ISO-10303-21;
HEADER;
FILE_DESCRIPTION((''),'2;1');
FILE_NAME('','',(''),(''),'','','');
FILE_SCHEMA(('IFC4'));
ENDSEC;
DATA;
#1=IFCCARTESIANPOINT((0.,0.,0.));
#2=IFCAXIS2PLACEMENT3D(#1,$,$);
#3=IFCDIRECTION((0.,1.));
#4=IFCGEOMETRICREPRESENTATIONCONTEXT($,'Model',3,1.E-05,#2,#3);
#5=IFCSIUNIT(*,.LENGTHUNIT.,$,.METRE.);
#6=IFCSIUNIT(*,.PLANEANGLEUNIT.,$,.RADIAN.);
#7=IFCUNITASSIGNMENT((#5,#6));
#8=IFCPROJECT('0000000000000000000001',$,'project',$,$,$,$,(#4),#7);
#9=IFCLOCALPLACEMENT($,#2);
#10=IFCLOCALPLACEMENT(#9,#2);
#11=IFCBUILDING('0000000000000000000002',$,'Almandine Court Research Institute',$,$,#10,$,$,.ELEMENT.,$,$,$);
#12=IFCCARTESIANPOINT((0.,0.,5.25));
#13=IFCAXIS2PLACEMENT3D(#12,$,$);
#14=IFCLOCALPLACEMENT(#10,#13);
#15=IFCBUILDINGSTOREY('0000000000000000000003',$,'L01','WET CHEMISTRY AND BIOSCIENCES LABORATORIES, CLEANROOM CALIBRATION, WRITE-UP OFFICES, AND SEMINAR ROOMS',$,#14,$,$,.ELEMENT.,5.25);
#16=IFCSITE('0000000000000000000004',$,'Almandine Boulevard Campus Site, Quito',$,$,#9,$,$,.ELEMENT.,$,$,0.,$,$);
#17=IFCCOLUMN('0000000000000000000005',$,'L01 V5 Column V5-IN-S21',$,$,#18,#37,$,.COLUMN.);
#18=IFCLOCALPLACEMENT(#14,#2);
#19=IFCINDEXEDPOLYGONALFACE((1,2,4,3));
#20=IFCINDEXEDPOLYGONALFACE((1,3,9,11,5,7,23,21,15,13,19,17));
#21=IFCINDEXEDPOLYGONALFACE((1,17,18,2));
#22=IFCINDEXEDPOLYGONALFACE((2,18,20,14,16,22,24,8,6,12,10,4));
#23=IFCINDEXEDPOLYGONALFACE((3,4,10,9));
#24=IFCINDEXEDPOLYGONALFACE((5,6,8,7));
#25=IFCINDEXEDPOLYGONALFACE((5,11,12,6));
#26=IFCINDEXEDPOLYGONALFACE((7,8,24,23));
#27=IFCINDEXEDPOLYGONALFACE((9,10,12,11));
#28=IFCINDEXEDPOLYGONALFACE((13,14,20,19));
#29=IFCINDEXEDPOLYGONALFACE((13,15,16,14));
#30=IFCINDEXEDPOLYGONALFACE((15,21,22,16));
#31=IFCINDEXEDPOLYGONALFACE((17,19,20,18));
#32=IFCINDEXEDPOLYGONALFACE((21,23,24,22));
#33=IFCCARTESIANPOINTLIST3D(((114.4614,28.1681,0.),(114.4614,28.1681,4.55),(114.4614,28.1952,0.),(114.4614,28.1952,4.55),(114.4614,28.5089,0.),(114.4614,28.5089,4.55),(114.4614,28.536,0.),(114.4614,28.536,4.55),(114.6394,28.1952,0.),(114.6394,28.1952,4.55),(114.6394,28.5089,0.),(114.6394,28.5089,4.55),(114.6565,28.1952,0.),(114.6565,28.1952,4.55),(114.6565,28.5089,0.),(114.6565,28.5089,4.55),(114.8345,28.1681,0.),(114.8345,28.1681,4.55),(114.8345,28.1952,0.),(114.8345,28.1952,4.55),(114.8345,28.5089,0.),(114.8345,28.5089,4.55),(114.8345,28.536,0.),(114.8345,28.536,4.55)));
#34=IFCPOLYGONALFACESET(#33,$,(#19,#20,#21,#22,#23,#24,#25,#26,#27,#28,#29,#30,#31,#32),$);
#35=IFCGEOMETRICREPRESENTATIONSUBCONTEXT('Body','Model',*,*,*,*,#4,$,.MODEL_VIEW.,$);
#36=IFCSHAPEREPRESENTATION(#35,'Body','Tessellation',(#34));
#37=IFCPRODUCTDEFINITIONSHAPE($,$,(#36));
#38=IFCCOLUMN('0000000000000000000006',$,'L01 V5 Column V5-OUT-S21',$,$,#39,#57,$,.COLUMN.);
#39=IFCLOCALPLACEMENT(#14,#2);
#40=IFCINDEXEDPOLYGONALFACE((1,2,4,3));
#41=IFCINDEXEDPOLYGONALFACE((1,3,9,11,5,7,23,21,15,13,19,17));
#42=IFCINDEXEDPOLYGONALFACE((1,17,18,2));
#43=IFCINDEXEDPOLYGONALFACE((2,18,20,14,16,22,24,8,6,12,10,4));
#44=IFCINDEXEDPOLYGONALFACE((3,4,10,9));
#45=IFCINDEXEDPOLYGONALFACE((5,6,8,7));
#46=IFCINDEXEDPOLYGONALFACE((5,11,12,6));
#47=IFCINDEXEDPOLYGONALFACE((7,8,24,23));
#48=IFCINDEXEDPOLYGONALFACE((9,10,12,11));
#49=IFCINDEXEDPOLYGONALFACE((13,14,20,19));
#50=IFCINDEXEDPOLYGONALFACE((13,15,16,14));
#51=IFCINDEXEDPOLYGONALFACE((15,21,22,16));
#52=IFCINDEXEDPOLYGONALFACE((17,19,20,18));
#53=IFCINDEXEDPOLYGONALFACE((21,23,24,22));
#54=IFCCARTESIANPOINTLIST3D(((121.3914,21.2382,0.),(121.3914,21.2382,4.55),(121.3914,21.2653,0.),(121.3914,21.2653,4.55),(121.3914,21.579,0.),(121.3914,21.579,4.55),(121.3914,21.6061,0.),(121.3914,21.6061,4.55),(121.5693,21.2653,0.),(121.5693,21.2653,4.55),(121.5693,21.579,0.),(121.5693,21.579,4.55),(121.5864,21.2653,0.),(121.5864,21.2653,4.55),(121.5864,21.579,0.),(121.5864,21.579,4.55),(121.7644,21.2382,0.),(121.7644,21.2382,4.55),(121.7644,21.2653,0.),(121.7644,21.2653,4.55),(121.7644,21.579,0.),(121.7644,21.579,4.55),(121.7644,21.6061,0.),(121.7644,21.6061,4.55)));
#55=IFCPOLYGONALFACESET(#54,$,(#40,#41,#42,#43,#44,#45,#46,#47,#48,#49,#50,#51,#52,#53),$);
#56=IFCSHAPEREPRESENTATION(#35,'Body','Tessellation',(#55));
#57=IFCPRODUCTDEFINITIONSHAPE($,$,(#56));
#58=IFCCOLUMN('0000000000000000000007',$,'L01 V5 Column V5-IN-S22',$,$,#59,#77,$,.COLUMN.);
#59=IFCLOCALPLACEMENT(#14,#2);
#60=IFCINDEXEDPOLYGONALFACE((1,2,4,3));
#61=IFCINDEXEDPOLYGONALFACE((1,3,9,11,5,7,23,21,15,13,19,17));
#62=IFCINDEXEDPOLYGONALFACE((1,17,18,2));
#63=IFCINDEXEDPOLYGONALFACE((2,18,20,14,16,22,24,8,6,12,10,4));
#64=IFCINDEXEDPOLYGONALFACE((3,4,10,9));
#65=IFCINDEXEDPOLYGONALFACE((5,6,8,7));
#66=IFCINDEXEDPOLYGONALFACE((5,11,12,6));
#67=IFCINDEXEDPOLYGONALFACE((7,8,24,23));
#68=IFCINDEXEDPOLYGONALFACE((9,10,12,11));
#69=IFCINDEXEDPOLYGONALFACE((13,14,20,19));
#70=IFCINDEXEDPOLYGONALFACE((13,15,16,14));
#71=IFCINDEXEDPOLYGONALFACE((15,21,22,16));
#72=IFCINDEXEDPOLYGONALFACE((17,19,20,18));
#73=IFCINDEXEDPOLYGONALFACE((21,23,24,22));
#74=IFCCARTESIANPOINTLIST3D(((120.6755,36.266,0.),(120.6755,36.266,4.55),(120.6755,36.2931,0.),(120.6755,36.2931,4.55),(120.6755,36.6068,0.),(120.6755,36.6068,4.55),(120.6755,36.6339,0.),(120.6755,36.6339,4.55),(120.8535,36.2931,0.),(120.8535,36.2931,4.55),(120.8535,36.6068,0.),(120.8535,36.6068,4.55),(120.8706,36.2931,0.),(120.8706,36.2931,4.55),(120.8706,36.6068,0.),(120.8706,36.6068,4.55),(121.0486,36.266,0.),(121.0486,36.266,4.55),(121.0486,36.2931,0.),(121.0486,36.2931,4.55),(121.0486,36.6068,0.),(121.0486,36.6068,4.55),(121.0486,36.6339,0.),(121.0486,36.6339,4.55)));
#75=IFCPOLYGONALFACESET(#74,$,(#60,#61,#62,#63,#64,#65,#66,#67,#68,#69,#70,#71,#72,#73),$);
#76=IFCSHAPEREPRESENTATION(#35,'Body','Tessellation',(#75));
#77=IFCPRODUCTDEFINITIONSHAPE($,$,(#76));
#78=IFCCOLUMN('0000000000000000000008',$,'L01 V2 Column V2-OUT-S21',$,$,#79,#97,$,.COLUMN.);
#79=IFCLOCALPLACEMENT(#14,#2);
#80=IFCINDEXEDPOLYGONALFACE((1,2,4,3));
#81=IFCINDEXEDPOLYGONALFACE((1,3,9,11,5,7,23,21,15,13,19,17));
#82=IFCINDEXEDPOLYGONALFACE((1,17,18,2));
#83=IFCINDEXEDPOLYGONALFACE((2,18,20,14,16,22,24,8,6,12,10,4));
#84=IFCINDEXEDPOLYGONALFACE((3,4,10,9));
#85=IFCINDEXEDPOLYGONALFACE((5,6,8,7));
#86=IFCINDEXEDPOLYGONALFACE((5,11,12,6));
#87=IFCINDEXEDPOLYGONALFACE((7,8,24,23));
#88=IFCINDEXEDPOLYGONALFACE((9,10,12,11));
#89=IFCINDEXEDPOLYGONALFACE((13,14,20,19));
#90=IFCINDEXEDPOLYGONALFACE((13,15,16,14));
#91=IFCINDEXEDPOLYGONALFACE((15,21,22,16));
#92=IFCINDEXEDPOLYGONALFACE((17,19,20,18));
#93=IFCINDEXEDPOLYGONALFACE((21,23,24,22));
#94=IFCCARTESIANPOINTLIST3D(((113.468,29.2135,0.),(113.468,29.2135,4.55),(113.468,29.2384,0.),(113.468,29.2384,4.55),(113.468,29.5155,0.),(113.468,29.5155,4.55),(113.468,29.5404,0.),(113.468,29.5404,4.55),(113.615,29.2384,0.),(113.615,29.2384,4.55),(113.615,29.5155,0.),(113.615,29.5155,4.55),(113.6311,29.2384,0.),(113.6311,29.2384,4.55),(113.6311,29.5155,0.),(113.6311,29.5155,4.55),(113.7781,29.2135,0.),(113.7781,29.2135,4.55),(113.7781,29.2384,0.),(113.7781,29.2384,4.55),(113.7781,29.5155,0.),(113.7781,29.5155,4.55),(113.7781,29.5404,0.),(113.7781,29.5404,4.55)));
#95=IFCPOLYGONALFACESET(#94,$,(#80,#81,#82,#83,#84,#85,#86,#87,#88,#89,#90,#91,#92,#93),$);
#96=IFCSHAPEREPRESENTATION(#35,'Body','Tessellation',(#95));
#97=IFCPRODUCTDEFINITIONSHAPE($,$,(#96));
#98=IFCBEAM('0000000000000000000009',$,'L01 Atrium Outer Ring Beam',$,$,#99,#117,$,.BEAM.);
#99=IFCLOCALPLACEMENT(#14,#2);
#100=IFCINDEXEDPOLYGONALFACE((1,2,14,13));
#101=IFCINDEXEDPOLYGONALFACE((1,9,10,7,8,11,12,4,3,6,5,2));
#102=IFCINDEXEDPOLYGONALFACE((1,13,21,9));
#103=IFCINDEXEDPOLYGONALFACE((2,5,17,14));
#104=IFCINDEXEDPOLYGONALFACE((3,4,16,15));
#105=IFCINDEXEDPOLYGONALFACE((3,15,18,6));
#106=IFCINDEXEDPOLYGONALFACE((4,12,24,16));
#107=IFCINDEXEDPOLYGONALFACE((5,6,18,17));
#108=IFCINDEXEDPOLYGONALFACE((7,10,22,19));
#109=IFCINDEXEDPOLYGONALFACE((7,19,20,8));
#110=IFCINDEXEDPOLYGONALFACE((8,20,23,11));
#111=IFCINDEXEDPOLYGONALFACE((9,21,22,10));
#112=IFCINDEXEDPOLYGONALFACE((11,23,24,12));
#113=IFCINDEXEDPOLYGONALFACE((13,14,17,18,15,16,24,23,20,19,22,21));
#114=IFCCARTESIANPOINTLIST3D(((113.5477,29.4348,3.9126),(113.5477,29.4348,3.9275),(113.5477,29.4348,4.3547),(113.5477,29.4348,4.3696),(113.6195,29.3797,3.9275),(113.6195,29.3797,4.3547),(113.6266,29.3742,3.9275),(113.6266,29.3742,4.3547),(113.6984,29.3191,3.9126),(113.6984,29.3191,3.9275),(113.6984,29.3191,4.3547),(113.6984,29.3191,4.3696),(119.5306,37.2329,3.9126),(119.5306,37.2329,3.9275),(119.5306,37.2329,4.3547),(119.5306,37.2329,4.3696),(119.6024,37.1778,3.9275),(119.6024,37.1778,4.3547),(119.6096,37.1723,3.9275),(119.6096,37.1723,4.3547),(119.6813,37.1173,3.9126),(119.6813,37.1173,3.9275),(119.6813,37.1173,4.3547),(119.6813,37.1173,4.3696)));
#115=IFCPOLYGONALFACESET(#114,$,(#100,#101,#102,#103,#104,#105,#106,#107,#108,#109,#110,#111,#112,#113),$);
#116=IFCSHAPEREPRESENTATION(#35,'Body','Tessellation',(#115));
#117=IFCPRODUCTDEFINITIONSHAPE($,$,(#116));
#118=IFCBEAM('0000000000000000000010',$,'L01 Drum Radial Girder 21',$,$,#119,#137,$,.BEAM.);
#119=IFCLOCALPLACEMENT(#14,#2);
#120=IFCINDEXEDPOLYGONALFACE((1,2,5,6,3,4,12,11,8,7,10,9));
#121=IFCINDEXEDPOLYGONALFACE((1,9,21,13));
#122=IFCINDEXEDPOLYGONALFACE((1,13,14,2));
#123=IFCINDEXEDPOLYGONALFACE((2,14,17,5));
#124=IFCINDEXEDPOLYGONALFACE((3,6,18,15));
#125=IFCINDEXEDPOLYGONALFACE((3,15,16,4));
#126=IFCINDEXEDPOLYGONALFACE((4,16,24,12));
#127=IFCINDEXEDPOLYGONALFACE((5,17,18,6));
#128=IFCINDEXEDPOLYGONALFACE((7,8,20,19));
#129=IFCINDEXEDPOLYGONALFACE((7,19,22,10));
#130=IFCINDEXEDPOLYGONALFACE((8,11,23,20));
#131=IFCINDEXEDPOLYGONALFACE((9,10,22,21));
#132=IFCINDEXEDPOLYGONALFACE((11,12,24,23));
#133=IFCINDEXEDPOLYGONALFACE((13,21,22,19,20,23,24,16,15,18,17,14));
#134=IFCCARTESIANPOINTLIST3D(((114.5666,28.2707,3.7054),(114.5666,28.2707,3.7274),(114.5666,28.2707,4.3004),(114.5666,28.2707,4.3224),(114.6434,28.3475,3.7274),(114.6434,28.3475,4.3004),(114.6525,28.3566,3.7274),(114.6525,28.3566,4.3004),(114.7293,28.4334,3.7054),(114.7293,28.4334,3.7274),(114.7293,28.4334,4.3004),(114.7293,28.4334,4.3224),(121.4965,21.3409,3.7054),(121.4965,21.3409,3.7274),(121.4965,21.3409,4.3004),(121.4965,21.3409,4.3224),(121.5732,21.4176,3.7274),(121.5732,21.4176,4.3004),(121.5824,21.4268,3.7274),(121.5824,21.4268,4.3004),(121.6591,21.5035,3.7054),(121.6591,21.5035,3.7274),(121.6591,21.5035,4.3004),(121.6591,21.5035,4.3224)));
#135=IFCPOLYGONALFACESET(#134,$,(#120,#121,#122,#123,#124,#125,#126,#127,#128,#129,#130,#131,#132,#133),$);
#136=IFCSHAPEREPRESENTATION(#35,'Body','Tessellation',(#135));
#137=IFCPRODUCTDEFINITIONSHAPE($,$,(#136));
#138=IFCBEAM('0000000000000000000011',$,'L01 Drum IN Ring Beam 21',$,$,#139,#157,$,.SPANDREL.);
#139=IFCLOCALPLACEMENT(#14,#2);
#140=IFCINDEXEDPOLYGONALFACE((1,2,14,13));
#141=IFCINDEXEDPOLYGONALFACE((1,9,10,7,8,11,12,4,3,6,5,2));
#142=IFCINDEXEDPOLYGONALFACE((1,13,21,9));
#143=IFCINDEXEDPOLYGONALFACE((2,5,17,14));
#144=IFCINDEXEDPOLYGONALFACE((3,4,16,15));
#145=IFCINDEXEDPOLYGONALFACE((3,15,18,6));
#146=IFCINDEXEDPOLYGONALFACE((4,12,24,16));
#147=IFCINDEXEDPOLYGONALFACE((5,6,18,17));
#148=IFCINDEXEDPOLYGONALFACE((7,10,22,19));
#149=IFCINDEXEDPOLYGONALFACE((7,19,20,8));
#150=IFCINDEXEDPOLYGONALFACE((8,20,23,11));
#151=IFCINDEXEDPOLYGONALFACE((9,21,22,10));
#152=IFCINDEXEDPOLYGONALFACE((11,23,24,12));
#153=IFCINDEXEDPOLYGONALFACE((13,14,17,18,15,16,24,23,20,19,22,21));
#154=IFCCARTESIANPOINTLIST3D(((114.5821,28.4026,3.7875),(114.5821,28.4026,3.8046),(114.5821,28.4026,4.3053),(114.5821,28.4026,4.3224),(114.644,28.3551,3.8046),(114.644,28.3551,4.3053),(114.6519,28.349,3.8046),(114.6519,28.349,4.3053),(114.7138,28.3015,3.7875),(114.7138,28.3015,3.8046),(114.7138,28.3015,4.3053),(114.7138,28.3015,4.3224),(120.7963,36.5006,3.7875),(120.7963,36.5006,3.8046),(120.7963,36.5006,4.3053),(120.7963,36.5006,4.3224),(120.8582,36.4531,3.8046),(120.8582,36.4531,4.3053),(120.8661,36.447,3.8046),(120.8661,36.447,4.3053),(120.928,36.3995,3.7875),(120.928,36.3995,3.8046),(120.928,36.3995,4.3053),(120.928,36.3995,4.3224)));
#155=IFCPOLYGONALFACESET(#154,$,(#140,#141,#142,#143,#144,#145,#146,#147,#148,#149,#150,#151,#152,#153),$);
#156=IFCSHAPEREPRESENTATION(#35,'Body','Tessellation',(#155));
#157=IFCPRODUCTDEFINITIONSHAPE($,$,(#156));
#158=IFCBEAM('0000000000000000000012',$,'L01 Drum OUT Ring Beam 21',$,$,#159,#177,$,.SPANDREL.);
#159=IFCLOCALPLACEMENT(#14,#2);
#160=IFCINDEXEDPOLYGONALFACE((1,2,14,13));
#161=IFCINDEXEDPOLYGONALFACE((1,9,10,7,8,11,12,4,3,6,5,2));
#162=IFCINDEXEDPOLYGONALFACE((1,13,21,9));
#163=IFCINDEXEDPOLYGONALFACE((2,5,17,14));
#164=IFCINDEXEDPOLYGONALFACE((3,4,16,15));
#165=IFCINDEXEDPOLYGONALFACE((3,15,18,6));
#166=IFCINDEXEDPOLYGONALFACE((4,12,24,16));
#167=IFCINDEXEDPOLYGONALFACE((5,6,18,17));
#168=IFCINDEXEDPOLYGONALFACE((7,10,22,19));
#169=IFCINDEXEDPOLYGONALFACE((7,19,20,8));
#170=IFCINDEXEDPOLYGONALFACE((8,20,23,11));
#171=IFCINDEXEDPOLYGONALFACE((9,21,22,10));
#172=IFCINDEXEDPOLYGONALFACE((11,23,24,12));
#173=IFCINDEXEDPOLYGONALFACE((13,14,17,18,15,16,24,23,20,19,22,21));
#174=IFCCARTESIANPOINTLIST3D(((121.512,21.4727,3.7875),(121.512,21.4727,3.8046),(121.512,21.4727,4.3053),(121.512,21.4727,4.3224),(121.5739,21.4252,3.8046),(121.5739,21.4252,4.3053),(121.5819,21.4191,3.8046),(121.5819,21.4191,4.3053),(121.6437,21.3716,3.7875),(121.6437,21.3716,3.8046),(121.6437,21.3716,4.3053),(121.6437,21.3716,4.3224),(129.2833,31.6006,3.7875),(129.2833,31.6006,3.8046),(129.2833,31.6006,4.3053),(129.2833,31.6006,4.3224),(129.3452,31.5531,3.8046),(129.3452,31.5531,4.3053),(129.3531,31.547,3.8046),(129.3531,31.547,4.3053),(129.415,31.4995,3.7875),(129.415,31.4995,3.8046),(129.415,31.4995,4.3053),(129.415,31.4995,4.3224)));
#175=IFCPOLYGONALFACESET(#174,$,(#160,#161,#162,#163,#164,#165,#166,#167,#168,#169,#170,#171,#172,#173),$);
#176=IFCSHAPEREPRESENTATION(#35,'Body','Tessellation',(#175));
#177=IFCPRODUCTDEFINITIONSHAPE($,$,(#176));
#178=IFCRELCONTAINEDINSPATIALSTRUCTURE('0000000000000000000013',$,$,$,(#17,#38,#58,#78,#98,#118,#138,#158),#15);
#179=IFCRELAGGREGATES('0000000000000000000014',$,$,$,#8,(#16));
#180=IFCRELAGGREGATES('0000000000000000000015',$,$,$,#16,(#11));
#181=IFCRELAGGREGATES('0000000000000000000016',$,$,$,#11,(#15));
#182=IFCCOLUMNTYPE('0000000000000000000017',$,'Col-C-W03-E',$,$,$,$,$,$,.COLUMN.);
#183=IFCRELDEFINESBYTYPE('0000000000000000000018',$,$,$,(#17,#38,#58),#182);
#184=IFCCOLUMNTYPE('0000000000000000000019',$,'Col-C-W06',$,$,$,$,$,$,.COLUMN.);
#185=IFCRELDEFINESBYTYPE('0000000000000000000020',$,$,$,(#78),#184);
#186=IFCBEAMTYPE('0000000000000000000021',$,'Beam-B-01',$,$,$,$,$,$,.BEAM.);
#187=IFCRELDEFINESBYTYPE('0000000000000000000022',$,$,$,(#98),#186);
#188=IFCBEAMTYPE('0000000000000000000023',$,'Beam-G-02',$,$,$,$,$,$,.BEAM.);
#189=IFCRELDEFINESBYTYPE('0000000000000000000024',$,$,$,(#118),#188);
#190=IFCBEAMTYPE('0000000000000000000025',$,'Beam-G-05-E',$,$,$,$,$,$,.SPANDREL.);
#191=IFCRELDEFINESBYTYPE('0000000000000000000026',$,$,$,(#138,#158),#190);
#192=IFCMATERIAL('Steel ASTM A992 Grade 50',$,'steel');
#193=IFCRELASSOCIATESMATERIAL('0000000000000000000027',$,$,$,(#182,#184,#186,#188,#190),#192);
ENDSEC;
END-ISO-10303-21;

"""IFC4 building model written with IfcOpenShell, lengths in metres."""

from ifc_helpers import new_model, si_unit, direction, frame, origin, origin_2d, place, context, subcontext, project, spatial, i_section, extrude, material, material_profile, profile_set, type_object, element, save


model = new_model("IFC4")

# Units and contexts
model_context = context("Model", 3, precision=1e-05, world=origin(), true_north=direction((0.0, 1.0)))
body_context = subcontext(model_context, "Body", "Model", "MODEL_VIEW")
ifc_project = project(units=[si_unit("LENGTHUNIT", "METRE"), si_unit("PLANEANGLEUNIT", "RADIAN")], contexts=[model_context])

# Site, building, storey
site_placement = place(None, origin())
site = spatial("IfcSite", under=ifc_project, at=site_placement, Name="Almandine Boulevard Campus Site, Quito", CompositionType="ELEMENT", RefElevation=0.0)
building_placement = place(site_placement, origin())
building = spatial("IfcBuilding", under=site, at=building_placement, Name="Almandine Court Research Institute", CompositionType="ELEMENT")
storey_placement = place(building_placement, frame((0.0, 0.0, 5.25)))
storey = spatial("IfcBuildingStorey", under=building, at=storey_placement, Name="L01", Description="WET CHEMISTRY AND BIOSCIENCES LABORATORIES, CLEANROOM CALIBRATION, WRITE-UP OFFICES, AND SEMINAR ROOMS", CompositionType="ELEMENT", Elevation=5.25)

# Columns
ifc_material_1 = material(Name="Steel ASTM A992 Grade 50", Category="steel")
ifc_material_profile_1 = material_profile(ifc_material_1, i_section(OverallWidth=0.373, OverallDepth=0.3679, WebThickness=0.0171, FlangeThickness=0.0271, at=origin_2d()), Name="W360x179")
ifc_profile_set_1 = profile_set([ifc_material_profile_1], Name="Steel ASTM A992 Grade 50")
column_type_1 = type_object("IfcColumnType", Name="Col-C-W03-E", PredefinedType="COLUMN", material=ifc_profile_set_1)
for number, where, z_axis, x_axis, name in (
    (1, (114.6479, 28.3521, 0.0), (0.0, 0.0, 1.0), (1.0, 0.0, 0.0), "L01 V5 Column V5-IN-S21"),
    (2, (121.5779, 21.4221, 0.0), (0.0, 0.0, 1.0), (1.0, 0.0, 0.0), "L01 V5 Column V5-OUT-S21"),
    (3, (120.8621, 36.45, 0.0), (0.0, 0.0, 1.0), (1.0, 0.0, 0.0), "L01 V5 Column V5-IN-S22"),
):
    element("IfcColumn", number, at=place(storey_placement, frame(where, z_axis=z_axis, x_axis=x_axis)), inside=storey, type_object=column_type_1, Name=name, PredefinedType="COLUMN", context=body_context, shape_type="SweptSolid", body=[
        extrude(i_section(OverallWidth=0.373, OverallDepth=0.3679, WebThickness=0.0171, FlangeThickness=0.0271, at=origin_2d()), origin(), (0.0, 0.0, 1.0), 4.55),
    ])
ifc_material_profile_2 = material_profile(ifc_material_1, i_section(OverallWidth=0.3101, OverallDepth=0.3269, WebThickness=0.0161, FlangeThickness=0.0249, at=origin_2d()), Name="W310x158")
ifc_profile_set_2 = profile_set([ifc_material_profile_2], Name="Steel ASTM A992 Grade 50")
column_type_2 = type_object("IfcColumnType", Name="Col-C-W06", PredefinedType="COLUMN", material=ifc_profile_set_2)
column_placement = place(storey_placement, frame((113.623, 29.377, 0.0), z_axis=(0.0, 0.0, 1.0), x_axis=(1.0, 0.0, 0.0)))
element("IfcColumn", 4, at=column_placement, inside=storey, type_object=column_type_2, Name="L01 V2 Column V2-OUT-S21", PredefinedType="COLUMN", context=body_context, shape_type="SweptSolid", body=[
    extrude(i_section(OverallWidth=0.3101, OverallDepth=0.3269, WebThickness=0.0161, FlangeThickness=0.0249, at=origin_2d()), origin(), (0.0, 0.0, 1.0), 4.55),
])

# Beams
ifc_material_profile_3 = material_profile(ifc_material_1, i_section(OverallWidth=0.1899, OverallDepth=0.457, WebThickness=0.009, FlangeThickness=0.0149, at=origin_2d()), Name="W460x74")
ifc_profile_set_3 = profile_set([ifc_material_profile_3], Name="Steel ASTM A992 Grade 50")
beam_type_1 = type_object("IfcBeamType", Name="Beam-B-01", PredefinedType="BEAM", material=ifc_profile_set_3)
beam_1_placement = place(storey_placement, frame((113.623, 29.377, 4.1411), z_axis=(0.608712, 0.793392, 0.0), x_axis=(-0.793392, 0.608712, 0.0)))
element("IfcBeam", 5, at=beam_1_placement, inside=storey, type_object=beam_type_1, Name="L01 Atrium Outer Ring Beam", PredefinedType="BEAM", context=body_context, shape_type="SweptSolid", body=[
    extrude(i_section(OverallWidth=0.1899, OverallDepth=0.457, WebThickness=0.009, FlangeThickness=0.0149, at=origin_2d()), origin(), (0.0, 0.0, 1.0), 9.8289),
])
ifc_material_profile_4 = material_profile(ifc_material_1, i_section(OverallWidth=0.23, OverallDepth=0.6169, WebThickness=0.0129, FlangeThickness=0.022, at=origin_2d()), Name="W610x140")
ifc_profile_set_4 = profile_set([ifc_material_profile_4], Name="Steel ASTM A992 Grade 50")
beam_type_2 = type_object("IfcBeamType", Name="Beam-G-02", PredefinedType="BEAM", material=ifc_profile_set_4)
beam_2_placement = place(storey_placement, frame((114.6479, 28.3521, 4.0139), z_axis=(0.707107, -0.707107, 0.0), x_axis=(0.707107, 0.707107, 0.0)))
element("IfcBeam", 6, at=beam_2_placement, inside=storey, type_object=beam_type_2, Name="L01 Drum Radial Girder 21", PredefinedType="BEAM", context=body_context, shape_type="SweptSolid", body=[
    extrude(i_section(OverallWidth=0.23, OverallDepth=0.6169, WebThickness=0.0129, FlangeThickness=0.022, at=origin_2d()), origin(), (0.0, 0.0, 1.0), 9.8003),
])
ifc_material_profile_5 = material_profile(ifc_material_1, i_section(OverallWidth=0.166, OverallDepth=0.5349, WebThickness=0.01, FlangeThickness=0.0171, at=origin_2d()), Name="W530x85")
ifc_profile_set_5 = profile_set([ifc_material_profile_5], Name="Steel ASTM A992 Grade 50")
beam_type_3 = type_object("IfcBeamType", Name="Beam-G-05-E", PredefinedType="SPANDREL", material=ifc_profile_set_5)
beam_3_placement = place(storey_placement, frame((114.6479, 28.3521, 4.0549), z_axis=(0.608784, 0.793336, 0.0), x_axis=(-0.793336, 0.608784, 0.0)))
element("IfcBeam", 7, at=beam_3_placement, inside=storey, type_object=beam_type_3, Name="L01 Drum IN Ring Beam 21", PredefinedType="SPANDREL", context=body_context, shape_type="SweptSolid", body=[
    extrude(i_section(OverallWidth=0.166, OverallDepth=0.5349, WebThickness=0.01, FlangeThickness=0.0171, at=origin_2d()), origin(), (0.0, 0.0, 1.0), 10.2075),
])
beam_4_placement = place(storey_placement, frame((121.5779, 21.4221, 4.0549), z_axis=(0.608752, 0.793361, 0.0), x_axis=(-0.793361, 0.608752, 0.0)))
element("IfcBeam", 8, at=beam_4_placement, inside=storey, type_object=beam_type_3, Name="L01 Drum OUT Ring Beam 21", PredefinedType="SPANDREL", context=body_context, shape_type="SweptSolid", body=[
    extrude(i_section(OverallWidth=0.166, OverallDepth=0.5349, WebThickness=0.01, FlangeThickness=0.0171, at=origin_2d()), origin(), (0.0, 0.0, 1.0), 12.7659),
])

save(model, "model.ifc")
